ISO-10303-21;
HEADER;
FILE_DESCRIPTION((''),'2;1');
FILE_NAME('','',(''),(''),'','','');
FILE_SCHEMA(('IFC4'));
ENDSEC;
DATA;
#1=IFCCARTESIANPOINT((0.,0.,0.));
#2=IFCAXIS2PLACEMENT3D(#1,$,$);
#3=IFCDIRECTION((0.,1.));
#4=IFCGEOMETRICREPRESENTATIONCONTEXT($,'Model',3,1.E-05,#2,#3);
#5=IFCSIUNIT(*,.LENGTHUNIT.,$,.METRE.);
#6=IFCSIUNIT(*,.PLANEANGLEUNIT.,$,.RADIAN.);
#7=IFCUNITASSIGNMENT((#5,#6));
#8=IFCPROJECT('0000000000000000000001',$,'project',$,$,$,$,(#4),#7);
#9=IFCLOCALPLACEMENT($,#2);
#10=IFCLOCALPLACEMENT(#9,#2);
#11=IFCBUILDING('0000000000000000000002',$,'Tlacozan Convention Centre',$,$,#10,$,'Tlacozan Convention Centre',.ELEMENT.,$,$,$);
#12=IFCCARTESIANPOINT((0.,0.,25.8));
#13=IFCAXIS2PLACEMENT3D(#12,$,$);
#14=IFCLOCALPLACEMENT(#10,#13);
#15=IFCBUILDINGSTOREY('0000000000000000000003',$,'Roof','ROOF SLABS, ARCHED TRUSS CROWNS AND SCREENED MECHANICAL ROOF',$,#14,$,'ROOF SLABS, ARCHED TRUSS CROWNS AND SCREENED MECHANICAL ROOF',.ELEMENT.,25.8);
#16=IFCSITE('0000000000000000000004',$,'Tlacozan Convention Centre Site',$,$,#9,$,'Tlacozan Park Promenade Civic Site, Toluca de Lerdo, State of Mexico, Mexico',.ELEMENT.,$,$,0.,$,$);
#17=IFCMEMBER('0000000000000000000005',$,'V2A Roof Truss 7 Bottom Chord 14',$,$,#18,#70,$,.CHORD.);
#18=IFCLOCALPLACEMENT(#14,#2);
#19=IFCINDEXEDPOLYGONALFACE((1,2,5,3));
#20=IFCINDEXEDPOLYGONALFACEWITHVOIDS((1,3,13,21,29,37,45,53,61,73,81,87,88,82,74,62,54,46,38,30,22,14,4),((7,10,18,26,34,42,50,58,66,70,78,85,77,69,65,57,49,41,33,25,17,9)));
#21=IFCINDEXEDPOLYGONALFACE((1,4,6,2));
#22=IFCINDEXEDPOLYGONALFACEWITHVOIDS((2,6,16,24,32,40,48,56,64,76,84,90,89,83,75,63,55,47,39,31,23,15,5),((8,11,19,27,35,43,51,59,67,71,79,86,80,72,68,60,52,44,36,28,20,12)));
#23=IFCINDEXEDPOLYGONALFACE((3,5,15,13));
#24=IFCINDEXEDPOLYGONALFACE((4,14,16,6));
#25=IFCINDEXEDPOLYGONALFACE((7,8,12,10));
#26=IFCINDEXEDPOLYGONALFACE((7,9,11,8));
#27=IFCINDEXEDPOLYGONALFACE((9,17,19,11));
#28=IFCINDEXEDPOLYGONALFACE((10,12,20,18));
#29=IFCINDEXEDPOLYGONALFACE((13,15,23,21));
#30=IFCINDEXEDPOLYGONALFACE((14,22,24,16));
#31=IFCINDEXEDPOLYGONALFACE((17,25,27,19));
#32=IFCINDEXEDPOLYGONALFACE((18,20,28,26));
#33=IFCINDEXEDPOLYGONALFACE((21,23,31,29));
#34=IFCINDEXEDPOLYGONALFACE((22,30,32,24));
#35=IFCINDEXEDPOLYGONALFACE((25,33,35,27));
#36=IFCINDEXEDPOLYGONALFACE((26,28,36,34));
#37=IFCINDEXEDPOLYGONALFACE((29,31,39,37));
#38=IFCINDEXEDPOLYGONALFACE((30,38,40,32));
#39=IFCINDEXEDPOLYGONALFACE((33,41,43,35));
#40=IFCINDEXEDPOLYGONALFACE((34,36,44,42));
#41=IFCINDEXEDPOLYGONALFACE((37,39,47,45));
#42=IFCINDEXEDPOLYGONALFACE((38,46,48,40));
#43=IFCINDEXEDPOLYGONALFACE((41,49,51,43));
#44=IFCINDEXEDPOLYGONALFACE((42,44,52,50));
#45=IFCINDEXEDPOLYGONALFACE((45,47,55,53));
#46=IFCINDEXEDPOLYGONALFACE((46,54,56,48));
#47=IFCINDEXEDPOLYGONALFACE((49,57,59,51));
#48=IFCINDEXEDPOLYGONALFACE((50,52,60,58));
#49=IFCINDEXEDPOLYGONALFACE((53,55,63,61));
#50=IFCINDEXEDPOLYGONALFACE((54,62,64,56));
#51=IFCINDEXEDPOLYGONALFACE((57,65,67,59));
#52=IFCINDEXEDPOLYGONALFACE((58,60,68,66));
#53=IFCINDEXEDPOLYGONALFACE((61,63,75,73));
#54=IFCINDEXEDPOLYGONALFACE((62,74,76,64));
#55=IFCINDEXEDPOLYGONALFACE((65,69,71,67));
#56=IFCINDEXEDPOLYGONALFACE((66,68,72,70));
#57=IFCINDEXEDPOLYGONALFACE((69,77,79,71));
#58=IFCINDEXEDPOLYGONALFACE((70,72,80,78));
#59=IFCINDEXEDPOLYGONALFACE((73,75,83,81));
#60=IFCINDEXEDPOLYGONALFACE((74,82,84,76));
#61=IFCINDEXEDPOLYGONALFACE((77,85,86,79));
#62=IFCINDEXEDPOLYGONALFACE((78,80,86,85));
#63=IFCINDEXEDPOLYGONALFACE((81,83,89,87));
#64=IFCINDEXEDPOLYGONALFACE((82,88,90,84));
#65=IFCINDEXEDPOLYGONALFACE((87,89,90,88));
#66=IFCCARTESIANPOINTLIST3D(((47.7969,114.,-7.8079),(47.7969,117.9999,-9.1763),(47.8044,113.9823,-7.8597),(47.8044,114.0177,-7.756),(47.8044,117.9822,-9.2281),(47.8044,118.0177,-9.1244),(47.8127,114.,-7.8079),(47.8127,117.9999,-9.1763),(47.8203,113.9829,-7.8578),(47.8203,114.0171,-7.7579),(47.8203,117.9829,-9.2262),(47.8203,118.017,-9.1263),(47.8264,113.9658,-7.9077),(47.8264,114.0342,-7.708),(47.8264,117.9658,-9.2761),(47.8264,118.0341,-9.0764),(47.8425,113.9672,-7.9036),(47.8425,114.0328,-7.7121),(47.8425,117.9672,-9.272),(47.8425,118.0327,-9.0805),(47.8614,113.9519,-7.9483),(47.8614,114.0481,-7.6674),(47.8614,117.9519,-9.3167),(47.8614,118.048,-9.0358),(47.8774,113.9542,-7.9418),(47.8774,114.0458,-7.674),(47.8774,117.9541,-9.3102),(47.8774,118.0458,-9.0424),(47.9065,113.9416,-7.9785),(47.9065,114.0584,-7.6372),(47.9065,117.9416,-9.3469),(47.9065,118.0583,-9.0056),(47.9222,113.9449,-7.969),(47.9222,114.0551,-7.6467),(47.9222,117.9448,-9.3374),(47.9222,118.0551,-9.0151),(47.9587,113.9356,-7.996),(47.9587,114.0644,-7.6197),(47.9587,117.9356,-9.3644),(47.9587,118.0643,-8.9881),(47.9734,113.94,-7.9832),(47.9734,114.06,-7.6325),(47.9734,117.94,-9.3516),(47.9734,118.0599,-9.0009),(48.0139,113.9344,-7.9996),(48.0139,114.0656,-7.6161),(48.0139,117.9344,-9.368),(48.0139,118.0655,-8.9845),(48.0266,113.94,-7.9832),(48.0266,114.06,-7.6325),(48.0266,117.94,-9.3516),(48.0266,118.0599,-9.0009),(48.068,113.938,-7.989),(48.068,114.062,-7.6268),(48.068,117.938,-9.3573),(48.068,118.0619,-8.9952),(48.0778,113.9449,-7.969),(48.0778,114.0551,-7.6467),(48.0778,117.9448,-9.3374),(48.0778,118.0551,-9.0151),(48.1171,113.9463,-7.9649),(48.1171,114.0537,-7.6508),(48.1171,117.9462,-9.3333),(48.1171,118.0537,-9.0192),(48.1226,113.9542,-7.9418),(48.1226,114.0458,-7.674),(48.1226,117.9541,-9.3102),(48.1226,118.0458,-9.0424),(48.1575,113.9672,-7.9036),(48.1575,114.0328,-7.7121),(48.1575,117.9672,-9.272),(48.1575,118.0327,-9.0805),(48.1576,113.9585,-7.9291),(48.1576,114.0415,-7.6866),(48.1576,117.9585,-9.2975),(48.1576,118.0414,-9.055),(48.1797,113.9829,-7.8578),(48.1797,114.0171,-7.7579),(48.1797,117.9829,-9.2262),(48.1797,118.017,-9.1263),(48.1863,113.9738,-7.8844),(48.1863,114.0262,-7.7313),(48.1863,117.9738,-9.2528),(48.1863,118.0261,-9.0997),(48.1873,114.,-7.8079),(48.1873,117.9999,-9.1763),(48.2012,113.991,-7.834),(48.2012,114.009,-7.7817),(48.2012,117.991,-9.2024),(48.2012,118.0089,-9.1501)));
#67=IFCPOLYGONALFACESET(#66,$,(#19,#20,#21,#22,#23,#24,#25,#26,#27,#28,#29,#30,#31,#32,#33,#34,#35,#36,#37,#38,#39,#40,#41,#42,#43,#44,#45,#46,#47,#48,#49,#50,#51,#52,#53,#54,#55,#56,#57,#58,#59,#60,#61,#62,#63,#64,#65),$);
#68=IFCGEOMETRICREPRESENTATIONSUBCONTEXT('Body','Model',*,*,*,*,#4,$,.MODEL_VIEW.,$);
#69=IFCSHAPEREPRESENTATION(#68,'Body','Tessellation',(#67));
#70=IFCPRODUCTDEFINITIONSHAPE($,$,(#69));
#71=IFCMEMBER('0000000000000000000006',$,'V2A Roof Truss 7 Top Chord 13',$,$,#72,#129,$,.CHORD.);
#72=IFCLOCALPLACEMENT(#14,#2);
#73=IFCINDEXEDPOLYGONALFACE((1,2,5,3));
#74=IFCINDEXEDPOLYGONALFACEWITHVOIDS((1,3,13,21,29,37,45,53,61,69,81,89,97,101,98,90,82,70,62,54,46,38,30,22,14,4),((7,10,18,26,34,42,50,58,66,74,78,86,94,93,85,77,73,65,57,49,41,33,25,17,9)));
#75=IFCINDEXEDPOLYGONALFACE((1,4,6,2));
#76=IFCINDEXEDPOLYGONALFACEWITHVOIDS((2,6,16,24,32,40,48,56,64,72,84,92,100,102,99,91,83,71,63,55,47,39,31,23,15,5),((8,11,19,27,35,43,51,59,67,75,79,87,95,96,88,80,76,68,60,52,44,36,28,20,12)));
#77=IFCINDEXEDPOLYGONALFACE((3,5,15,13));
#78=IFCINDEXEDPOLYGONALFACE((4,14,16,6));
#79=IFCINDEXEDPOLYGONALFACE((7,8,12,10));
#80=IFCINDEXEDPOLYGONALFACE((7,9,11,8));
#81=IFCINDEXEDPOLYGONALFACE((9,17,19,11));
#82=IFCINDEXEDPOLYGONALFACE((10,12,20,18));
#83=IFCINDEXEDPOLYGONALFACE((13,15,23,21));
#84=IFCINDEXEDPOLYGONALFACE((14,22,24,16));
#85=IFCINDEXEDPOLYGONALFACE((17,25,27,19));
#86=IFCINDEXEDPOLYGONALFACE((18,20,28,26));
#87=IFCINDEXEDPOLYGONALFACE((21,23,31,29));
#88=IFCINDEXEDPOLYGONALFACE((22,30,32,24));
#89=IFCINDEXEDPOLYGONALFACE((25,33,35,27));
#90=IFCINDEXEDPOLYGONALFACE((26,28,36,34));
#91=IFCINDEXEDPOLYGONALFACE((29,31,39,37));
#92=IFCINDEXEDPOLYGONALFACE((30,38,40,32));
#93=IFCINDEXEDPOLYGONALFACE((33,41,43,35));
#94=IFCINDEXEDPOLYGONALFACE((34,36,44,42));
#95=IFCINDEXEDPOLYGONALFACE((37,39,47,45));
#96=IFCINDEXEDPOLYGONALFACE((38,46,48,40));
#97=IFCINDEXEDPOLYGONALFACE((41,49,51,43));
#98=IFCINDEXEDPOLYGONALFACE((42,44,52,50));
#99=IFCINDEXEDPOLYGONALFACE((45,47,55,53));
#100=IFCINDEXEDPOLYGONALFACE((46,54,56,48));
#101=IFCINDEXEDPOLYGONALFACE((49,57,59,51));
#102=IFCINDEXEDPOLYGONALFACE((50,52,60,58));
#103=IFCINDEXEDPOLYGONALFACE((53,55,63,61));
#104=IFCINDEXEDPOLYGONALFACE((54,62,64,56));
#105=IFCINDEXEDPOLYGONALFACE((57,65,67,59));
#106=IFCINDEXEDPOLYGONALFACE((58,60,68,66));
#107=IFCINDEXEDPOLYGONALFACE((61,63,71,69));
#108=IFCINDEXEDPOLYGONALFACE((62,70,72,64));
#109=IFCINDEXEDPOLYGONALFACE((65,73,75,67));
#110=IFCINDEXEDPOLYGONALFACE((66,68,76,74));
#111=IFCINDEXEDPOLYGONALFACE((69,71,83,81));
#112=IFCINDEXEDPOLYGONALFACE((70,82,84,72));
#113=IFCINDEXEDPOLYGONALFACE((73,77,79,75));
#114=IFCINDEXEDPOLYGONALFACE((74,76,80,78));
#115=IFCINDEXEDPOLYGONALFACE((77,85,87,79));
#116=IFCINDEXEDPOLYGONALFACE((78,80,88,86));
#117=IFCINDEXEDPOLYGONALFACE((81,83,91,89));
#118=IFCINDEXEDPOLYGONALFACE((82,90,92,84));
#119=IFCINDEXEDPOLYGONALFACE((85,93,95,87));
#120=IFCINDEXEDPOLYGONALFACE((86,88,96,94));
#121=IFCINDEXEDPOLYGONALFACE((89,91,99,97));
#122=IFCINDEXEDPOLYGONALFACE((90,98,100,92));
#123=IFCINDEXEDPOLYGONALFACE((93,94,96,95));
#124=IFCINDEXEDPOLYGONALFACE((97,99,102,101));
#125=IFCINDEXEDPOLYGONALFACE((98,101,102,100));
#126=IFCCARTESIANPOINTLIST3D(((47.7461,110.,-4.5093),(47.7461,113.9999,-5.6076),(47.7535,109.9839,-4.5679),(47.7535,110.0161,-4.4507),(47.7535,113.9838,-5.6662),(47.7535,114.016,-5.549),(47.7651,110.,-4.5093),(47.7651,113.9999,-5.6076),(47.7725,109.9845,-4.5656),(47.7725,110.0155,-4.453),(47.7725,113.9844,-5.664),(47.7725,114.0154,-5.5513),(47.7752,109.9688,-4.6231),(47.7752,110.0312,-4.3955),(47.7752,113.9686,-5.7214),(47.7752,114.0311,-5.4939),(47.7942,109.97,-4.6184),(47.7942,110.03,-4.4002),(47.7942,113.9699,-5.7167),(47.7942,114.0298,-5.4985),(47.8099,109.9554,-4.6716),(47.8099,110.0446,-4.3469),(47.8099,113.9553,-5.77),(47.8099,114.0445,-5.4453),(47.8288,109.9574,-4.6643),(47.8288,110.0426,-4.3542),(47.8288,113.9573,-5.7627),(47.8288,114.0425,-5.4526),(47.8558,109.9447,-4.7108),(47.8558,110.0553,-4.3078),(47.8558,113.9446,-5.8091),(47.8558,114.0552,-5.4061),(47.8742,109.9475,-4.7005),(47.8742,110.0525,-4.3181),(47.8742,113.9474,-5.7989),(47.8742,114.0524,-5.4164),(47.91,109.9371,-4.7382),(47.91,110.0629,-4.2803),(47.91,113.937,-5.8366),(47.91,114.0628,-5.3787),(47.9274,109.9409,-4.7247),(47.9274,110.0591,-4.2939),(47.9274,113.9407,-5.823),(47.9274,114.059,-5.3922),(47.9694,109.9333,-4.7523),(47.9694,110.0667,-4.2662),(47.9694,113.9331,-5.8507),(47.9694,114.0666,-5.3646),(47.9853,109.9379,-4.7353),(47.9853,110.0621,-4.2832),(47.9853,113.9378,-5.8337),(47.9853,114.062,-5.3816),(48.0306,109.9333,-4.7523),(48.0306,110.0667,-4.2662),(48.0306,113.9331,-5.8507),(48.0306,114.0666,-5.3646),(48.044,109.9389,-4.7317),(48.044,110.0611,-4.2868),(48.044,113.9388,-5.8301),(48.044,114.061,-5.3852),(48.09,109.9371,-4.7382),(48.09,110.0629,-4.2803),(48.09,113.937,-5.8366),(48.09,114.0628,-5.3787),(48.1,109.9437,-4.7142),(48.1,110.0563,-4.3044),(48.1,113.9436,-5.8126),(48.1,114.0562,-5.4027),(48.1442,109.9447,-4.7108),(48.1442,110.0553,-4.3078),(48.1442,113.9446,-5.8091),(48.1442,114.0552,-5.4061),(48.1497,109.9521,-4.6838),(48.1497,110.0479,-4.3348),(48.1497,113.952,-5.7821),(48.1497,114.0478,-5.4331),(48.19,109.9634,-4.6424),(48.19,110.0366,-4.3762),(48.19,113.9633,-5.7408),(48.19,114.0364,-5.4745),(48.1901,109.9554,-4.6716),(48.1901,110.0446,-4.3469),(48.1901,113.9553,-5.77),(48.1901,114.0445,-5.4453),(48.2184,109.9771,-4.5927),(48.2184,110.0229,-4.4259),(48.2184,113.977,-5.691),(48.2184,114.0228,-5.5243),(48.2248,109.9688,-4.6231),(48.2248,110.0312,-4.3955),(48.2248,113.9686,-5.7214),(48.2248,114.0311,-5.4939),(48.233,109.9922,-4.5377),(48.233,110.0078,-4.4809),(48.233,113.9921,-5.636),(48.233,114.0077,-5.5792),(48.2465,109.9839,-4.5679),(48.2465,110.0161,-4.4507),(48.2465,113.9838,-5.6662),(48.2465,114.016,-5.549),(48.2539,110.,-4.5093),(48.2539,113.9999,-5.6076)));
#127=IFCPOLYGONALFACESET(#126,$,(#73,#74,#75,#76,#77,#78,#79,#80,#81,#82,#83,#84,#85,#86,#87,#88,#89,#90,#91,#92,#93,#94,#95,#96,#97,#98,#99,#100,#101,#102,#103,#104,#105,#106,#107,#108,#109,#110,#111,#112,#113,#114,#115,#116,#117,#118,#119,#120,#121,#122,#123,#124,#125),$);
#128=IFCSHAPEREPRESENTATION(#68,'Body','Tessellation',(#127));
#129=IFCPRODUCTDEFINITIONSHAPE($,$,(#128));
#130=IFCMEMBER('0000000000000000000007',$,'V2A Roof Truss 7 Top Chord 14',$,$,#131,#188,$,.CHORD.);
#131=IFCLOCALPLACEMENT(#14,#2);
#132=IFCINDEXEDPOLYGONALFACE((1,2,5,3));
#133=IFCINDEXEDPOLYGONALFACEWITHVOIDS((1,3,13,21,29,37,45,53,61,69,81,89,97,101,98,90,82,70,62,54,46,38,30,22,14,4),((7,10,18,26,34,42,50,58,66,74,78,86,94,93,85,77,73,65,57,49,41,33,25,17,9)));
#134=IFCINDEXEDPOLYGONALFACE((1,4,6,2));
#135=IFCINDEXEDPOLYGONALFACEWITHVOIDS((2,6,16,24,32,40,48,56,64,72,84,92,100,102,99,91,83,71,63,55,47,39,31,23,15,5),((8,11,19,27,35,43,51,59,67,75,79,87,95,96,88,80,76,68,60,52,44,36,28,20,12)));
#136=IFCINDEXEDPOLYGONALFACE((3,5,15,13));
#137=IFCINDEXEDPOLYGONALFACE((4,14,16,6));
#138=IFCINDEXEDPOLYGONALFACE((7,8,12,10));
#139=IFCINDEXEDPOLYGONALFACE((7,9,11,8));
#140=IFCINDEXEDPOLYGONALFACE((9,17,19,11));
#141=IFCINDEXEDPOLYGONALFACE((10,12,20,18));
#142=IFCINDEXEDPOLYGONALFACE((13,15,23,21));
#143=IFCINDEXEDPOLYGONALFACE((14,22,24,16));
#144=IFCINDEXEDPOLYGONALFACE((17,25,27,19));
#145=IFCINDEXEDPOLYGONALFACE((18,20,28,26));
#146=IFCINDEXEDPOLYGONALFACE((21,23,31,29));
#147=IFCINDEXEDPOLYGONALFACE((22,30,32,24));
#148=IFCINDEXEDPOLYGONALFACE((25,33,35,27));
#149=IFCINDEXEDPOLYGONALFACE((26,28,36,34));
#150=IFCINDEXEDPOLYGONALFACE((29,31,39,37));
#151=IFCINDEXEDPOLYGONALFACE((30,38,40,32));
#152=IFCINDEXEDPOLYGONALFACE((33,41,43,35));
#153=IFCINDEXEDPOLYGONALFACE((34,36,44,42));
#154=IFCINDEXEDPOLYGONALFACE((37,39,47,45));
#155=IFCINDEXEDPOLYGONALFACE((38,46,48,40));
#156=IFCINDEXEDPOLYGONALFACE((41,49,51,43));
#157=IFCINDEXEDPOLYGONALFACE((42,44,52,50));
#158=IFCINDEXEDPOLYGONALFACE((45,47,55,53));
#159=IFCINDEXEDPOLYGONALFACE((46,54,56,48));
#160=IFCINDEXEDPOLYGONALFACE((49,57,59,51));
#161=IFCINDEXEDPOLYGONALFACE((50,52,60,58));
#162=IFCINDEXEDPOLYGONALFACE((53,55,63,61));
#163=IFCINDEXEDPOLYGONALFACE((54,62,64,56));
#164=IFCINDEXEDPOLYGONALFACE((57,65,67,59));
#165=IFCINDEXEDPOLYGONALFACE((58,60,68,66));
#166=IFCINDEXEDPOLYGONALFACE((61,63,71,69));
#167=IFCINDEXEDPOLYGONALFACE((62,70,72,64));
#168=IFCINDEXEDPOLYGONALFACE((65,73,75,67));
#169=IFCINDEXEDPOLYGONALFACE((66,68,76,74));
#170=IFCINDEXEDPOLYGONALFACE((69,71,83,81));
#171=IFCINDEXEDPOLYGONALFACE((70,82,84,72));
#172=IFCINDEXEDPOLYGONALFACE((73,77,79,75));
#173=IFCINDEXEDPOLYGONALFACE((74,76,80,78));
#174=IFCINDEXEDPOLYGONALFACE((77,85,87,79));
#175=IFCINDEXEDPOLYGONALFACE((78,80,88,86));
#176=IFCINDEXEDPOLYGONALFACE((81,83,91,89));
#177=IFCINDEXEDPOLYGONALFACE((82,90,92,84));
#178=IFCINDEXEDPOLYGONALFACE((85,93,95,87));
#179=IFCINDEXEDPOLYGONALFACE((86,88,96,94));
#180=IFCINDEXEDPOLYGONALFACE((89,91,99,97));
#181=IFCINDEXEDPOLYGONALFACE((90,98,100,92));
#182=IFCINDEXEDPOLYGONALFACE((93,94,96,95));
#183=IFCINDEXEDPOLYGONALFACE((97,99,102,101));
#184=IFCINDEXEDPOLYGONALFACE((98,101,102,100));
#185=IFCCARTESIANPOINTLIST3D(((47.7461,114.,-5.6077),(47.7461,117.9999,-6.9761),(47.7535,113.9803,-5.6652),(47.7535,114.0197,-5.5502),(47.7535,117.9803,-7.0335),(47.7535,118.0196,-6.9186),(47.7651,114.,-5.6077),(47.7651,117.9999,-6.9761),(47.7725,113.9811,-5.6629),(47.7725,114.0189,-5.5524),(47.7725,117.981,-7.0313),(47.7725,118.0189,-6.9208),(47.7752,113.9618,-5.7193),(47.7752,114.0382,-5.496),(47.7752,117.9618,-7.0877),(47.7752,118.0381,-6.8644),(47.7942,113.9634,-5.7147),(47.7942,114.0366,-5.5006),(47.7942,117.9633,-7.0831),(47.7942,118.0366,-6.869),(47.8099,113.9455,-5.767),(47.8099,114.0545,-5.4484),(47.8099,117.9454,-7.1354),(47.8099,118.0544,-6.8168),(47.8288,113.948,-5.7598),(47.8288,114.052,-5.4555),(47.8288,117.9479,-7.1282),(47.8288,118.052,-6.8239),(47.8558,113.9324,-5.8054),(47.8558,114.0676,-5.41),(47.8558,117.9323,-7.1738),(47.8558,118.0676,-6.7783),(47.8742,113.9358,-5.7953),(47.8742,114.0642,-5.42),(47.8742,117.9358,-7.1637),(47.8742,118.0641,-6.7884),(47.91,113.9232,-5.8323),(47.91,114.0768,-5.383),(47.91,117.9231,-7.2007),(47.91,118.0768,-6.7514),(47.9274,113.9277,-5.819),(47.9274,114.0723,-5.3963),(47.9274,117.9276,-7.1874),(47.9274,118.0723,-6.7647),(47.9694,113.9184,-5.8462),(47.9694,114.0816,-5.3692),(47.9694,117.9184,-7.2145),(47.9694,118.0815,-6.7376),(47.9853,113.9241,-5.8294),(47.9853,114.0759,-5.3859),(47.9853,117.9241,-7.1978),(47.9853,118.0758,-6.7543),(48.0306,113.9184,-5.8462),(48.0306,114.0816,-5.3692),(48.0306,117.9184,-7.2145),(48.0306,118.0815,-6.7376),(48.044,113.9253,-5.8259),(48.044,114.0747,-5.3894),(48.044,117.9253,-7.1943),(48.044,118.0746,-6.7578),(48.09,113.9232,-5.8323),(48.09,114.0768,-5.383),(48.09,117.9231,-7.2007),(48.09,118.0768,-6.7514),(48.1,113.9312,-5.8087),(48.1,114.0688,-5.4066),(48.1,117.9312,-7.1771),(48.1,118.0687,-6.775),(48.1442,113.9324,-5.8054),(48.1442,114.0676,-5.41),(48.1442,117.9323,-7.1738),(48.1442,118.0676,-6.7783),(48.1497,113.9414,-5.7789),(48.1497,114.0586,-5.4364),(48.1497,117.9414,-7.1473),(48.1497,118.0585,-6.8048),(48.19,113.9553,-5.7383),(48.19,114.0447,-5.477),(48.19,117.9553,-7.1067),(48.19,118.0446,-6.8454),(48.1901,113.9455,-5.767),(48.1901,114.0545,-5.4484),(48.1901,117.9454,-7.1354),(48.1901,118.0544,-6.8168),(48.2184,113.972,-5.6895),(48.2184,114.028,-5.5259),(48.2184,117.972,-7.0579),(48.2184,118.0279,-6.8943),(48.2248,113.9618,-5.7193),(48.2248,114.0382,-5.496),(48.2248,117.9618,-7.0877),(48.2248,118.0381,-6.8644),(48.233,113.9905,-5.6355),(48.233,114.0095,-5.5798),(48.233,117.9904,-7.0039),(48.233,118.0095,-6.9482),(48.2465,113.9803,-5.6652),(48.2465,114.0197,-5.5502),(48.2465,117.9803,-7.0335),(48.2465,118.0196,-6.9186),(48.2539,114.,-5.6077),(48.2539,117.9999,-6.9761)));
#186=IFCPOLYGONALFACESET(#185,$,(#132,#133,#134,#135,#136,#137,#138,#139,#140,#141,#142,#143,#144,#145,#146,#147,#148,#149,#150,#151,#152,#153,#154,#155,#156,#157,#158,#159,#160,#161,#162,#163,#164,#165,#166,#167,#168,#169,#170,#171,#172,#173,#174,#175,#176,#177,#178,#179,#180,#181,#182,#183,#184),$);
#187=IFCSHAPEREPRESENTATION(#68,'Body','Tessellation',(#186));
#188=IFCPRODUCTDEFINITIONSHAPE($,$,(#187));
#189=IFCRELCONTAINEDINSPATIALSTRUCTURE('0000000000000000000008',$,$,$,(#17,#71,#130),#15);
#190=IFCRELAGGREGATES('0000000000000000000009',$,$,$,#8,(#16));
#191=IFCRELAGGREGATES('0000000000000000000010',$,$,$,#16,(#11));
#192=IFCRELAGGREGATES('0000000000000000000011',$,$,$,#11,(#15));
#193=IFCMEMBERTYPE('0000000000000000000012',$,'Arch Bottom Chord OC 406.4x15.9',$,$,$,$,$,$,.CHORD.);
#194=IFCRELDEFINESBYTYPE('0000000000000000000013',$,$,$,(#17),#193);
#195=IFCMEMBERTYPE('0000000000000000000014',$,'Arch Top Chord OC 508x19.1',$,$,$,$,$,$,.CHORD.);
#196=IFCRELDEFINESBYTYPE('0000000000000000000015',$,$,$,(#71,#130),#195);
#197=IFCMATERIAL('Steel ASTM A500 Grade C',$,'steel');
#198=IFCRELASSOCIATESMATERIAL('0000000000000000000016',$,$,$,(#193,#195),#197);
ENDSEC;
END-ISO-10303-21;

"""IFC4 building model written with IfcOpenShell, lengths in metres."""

from ifc_helpers import new_model, si_unit, direction, frame, origin, origin_2d, place, context, subcontext, project, spatial, hollow_circle, extrude, material, material_profile, profile_set, type_object, element, save


model = new_model("IFC4")

# Units and contexts
model_context = context("Model", 3, precision=1e-05, world=origin(), true_north=direction((0.0, 1.0)))
body_context = subcontext(model_context, "Body", "Model", "MODEL_VIEW")
ifc_project = project(units=[si_unit("LENGTHUNIT", "METRE"), si_unit("PLANEANGLEUNIT", "RADIAN")], contexts=[model_context])

# Site, building, storey
site_placement = place(None, origin())
site = spatial("IfcSite", under=ifc_project, at=site_placement, Name="Tlacozan Convention Centre Site", LongName="Tlacozan Park Promenade Civic Site, Toluca de Lerdo, State of Mexico, Mexico", CompositionType="ELEMENT", RefElevation=0.0)
building_placement = place(site_placement, origin())
building = spatial("IfcBuilding", under=site, at=building_placement, Name="Tlacozan Convention Centre", LongName="Tlacozan Convention Centre", CompositionType="ELEMENT")
storey_placement = place(building_placement, frame((0.0, 0.0, 25.8)))
storey = spatial("IfcBuildingStorey", under=building, at=storey_placement, Name="Roof", Description="ROOF SLABS, ARCHED TRUSS CROWNS AND SCREENED MECHANICAL ROOF", LongName="ROOF SLABS, ARCHED TRUSS CROWNS AND SCREENED MECHANICAL ROOF", CompositionType="ELEMENT", Elevation=25.8)

# Members
ifc_material_1 = material(Name="Steel ASTM A500 Grade C", Category="steel")
ifc_material_profile_1 = material_profile(ifc_material_1, hollow_circle(Radius=0.2031, WallThickness=0.0159, at=origin_2d()), Name="OC 406.4x15.9")
ifc_profile_set_1 = profile_set([ifc_material_profile_1], Name="Steel ASTM A500 Grade C")
member_type_1 = type_object("IfcMemberType", Name="Arch Bottom Chord OC 406.4x15.9", PredefinedType="CHORD", material=ifc_profile_set_1)
member_1_placement = place(storey_placement, frame((48.0, 114.0, -7.8079), z_axis=(0.0, 0.946165, -0.323685), x_axis=(-1.0, 0.0, 0.0)))
element("IfcMember", 1, at=member_1_placement, inside=storey, type_object=member_type_1, Name="V2A Roof Truss 7 Bottom Chord 14", PredefinedType="CHORD", context=body_context, shape_type="SweptSolid", body=[
    extrude(hollow_circle(Radius=0.2031, WallThickness=0.0159, at=origin_2d()), origin(), (0.0, 0.0, 1.0), 4.2275),
])
ifc_material_profile_2 = material_profile(ifc_material_1, hollow_circle(Radius=0.2539, WallThickness=0.019, at=origin_2d()), Name="OC 508.0x19.1")
ifc_profile_set_2 = profile_set([ifc_material_profile_2], Name="Steel ASTM A500 Grade C")
member_type_2 = type_object("IfcMemberType", Name="Arch Top Chord OC 508x19.1", PredefinedType="CHORD", material=ifc_profile_set_2)
member_2_placement = place(storey_placement, frame((48.0, 110.0, -4.5093), z_axis=(0.0, 0.964305, -0.264795), x_axis=(-1.0, 0.0, 0.0)))
element("IfcMember", 2, at=member_2_placement, inside=storey, type_object=member_type_2, Name="V2A Roof Truss 7 Top Chord 13", PredefinedType="CHORD", context=body_context, shape_type="SweptSolid", body=[
    extrude(hollow_circle(Radius=0.2539, WallThickness=0.019, at=origin_2d()), origin(), (0.0, 0.0, 1.0), 4.1479),
])
member_3_placement = place(storey_placement, frame((48.0, 114.0, -5.6077), z_axis=(0.0, 0.946165, -0.323685), x_axis=(-1.0, 0.0, 0.0)))
element("IfcMember", 3, at=member_3_placement, inside=storey, type_object=member_type_2, Name="V2A Roof Truss 7 Top Chord 14", PredefinedType="CHORD", context=body_context, shape_type="SweptSolid", body=[
    extrude(hollow_circle(Radius=0.2539, WallThickness=0.019, at=origin_2d()), origin(), (0.0, 0.0, 1.0), 4.2275),
])

save(model, "model.ifc")
